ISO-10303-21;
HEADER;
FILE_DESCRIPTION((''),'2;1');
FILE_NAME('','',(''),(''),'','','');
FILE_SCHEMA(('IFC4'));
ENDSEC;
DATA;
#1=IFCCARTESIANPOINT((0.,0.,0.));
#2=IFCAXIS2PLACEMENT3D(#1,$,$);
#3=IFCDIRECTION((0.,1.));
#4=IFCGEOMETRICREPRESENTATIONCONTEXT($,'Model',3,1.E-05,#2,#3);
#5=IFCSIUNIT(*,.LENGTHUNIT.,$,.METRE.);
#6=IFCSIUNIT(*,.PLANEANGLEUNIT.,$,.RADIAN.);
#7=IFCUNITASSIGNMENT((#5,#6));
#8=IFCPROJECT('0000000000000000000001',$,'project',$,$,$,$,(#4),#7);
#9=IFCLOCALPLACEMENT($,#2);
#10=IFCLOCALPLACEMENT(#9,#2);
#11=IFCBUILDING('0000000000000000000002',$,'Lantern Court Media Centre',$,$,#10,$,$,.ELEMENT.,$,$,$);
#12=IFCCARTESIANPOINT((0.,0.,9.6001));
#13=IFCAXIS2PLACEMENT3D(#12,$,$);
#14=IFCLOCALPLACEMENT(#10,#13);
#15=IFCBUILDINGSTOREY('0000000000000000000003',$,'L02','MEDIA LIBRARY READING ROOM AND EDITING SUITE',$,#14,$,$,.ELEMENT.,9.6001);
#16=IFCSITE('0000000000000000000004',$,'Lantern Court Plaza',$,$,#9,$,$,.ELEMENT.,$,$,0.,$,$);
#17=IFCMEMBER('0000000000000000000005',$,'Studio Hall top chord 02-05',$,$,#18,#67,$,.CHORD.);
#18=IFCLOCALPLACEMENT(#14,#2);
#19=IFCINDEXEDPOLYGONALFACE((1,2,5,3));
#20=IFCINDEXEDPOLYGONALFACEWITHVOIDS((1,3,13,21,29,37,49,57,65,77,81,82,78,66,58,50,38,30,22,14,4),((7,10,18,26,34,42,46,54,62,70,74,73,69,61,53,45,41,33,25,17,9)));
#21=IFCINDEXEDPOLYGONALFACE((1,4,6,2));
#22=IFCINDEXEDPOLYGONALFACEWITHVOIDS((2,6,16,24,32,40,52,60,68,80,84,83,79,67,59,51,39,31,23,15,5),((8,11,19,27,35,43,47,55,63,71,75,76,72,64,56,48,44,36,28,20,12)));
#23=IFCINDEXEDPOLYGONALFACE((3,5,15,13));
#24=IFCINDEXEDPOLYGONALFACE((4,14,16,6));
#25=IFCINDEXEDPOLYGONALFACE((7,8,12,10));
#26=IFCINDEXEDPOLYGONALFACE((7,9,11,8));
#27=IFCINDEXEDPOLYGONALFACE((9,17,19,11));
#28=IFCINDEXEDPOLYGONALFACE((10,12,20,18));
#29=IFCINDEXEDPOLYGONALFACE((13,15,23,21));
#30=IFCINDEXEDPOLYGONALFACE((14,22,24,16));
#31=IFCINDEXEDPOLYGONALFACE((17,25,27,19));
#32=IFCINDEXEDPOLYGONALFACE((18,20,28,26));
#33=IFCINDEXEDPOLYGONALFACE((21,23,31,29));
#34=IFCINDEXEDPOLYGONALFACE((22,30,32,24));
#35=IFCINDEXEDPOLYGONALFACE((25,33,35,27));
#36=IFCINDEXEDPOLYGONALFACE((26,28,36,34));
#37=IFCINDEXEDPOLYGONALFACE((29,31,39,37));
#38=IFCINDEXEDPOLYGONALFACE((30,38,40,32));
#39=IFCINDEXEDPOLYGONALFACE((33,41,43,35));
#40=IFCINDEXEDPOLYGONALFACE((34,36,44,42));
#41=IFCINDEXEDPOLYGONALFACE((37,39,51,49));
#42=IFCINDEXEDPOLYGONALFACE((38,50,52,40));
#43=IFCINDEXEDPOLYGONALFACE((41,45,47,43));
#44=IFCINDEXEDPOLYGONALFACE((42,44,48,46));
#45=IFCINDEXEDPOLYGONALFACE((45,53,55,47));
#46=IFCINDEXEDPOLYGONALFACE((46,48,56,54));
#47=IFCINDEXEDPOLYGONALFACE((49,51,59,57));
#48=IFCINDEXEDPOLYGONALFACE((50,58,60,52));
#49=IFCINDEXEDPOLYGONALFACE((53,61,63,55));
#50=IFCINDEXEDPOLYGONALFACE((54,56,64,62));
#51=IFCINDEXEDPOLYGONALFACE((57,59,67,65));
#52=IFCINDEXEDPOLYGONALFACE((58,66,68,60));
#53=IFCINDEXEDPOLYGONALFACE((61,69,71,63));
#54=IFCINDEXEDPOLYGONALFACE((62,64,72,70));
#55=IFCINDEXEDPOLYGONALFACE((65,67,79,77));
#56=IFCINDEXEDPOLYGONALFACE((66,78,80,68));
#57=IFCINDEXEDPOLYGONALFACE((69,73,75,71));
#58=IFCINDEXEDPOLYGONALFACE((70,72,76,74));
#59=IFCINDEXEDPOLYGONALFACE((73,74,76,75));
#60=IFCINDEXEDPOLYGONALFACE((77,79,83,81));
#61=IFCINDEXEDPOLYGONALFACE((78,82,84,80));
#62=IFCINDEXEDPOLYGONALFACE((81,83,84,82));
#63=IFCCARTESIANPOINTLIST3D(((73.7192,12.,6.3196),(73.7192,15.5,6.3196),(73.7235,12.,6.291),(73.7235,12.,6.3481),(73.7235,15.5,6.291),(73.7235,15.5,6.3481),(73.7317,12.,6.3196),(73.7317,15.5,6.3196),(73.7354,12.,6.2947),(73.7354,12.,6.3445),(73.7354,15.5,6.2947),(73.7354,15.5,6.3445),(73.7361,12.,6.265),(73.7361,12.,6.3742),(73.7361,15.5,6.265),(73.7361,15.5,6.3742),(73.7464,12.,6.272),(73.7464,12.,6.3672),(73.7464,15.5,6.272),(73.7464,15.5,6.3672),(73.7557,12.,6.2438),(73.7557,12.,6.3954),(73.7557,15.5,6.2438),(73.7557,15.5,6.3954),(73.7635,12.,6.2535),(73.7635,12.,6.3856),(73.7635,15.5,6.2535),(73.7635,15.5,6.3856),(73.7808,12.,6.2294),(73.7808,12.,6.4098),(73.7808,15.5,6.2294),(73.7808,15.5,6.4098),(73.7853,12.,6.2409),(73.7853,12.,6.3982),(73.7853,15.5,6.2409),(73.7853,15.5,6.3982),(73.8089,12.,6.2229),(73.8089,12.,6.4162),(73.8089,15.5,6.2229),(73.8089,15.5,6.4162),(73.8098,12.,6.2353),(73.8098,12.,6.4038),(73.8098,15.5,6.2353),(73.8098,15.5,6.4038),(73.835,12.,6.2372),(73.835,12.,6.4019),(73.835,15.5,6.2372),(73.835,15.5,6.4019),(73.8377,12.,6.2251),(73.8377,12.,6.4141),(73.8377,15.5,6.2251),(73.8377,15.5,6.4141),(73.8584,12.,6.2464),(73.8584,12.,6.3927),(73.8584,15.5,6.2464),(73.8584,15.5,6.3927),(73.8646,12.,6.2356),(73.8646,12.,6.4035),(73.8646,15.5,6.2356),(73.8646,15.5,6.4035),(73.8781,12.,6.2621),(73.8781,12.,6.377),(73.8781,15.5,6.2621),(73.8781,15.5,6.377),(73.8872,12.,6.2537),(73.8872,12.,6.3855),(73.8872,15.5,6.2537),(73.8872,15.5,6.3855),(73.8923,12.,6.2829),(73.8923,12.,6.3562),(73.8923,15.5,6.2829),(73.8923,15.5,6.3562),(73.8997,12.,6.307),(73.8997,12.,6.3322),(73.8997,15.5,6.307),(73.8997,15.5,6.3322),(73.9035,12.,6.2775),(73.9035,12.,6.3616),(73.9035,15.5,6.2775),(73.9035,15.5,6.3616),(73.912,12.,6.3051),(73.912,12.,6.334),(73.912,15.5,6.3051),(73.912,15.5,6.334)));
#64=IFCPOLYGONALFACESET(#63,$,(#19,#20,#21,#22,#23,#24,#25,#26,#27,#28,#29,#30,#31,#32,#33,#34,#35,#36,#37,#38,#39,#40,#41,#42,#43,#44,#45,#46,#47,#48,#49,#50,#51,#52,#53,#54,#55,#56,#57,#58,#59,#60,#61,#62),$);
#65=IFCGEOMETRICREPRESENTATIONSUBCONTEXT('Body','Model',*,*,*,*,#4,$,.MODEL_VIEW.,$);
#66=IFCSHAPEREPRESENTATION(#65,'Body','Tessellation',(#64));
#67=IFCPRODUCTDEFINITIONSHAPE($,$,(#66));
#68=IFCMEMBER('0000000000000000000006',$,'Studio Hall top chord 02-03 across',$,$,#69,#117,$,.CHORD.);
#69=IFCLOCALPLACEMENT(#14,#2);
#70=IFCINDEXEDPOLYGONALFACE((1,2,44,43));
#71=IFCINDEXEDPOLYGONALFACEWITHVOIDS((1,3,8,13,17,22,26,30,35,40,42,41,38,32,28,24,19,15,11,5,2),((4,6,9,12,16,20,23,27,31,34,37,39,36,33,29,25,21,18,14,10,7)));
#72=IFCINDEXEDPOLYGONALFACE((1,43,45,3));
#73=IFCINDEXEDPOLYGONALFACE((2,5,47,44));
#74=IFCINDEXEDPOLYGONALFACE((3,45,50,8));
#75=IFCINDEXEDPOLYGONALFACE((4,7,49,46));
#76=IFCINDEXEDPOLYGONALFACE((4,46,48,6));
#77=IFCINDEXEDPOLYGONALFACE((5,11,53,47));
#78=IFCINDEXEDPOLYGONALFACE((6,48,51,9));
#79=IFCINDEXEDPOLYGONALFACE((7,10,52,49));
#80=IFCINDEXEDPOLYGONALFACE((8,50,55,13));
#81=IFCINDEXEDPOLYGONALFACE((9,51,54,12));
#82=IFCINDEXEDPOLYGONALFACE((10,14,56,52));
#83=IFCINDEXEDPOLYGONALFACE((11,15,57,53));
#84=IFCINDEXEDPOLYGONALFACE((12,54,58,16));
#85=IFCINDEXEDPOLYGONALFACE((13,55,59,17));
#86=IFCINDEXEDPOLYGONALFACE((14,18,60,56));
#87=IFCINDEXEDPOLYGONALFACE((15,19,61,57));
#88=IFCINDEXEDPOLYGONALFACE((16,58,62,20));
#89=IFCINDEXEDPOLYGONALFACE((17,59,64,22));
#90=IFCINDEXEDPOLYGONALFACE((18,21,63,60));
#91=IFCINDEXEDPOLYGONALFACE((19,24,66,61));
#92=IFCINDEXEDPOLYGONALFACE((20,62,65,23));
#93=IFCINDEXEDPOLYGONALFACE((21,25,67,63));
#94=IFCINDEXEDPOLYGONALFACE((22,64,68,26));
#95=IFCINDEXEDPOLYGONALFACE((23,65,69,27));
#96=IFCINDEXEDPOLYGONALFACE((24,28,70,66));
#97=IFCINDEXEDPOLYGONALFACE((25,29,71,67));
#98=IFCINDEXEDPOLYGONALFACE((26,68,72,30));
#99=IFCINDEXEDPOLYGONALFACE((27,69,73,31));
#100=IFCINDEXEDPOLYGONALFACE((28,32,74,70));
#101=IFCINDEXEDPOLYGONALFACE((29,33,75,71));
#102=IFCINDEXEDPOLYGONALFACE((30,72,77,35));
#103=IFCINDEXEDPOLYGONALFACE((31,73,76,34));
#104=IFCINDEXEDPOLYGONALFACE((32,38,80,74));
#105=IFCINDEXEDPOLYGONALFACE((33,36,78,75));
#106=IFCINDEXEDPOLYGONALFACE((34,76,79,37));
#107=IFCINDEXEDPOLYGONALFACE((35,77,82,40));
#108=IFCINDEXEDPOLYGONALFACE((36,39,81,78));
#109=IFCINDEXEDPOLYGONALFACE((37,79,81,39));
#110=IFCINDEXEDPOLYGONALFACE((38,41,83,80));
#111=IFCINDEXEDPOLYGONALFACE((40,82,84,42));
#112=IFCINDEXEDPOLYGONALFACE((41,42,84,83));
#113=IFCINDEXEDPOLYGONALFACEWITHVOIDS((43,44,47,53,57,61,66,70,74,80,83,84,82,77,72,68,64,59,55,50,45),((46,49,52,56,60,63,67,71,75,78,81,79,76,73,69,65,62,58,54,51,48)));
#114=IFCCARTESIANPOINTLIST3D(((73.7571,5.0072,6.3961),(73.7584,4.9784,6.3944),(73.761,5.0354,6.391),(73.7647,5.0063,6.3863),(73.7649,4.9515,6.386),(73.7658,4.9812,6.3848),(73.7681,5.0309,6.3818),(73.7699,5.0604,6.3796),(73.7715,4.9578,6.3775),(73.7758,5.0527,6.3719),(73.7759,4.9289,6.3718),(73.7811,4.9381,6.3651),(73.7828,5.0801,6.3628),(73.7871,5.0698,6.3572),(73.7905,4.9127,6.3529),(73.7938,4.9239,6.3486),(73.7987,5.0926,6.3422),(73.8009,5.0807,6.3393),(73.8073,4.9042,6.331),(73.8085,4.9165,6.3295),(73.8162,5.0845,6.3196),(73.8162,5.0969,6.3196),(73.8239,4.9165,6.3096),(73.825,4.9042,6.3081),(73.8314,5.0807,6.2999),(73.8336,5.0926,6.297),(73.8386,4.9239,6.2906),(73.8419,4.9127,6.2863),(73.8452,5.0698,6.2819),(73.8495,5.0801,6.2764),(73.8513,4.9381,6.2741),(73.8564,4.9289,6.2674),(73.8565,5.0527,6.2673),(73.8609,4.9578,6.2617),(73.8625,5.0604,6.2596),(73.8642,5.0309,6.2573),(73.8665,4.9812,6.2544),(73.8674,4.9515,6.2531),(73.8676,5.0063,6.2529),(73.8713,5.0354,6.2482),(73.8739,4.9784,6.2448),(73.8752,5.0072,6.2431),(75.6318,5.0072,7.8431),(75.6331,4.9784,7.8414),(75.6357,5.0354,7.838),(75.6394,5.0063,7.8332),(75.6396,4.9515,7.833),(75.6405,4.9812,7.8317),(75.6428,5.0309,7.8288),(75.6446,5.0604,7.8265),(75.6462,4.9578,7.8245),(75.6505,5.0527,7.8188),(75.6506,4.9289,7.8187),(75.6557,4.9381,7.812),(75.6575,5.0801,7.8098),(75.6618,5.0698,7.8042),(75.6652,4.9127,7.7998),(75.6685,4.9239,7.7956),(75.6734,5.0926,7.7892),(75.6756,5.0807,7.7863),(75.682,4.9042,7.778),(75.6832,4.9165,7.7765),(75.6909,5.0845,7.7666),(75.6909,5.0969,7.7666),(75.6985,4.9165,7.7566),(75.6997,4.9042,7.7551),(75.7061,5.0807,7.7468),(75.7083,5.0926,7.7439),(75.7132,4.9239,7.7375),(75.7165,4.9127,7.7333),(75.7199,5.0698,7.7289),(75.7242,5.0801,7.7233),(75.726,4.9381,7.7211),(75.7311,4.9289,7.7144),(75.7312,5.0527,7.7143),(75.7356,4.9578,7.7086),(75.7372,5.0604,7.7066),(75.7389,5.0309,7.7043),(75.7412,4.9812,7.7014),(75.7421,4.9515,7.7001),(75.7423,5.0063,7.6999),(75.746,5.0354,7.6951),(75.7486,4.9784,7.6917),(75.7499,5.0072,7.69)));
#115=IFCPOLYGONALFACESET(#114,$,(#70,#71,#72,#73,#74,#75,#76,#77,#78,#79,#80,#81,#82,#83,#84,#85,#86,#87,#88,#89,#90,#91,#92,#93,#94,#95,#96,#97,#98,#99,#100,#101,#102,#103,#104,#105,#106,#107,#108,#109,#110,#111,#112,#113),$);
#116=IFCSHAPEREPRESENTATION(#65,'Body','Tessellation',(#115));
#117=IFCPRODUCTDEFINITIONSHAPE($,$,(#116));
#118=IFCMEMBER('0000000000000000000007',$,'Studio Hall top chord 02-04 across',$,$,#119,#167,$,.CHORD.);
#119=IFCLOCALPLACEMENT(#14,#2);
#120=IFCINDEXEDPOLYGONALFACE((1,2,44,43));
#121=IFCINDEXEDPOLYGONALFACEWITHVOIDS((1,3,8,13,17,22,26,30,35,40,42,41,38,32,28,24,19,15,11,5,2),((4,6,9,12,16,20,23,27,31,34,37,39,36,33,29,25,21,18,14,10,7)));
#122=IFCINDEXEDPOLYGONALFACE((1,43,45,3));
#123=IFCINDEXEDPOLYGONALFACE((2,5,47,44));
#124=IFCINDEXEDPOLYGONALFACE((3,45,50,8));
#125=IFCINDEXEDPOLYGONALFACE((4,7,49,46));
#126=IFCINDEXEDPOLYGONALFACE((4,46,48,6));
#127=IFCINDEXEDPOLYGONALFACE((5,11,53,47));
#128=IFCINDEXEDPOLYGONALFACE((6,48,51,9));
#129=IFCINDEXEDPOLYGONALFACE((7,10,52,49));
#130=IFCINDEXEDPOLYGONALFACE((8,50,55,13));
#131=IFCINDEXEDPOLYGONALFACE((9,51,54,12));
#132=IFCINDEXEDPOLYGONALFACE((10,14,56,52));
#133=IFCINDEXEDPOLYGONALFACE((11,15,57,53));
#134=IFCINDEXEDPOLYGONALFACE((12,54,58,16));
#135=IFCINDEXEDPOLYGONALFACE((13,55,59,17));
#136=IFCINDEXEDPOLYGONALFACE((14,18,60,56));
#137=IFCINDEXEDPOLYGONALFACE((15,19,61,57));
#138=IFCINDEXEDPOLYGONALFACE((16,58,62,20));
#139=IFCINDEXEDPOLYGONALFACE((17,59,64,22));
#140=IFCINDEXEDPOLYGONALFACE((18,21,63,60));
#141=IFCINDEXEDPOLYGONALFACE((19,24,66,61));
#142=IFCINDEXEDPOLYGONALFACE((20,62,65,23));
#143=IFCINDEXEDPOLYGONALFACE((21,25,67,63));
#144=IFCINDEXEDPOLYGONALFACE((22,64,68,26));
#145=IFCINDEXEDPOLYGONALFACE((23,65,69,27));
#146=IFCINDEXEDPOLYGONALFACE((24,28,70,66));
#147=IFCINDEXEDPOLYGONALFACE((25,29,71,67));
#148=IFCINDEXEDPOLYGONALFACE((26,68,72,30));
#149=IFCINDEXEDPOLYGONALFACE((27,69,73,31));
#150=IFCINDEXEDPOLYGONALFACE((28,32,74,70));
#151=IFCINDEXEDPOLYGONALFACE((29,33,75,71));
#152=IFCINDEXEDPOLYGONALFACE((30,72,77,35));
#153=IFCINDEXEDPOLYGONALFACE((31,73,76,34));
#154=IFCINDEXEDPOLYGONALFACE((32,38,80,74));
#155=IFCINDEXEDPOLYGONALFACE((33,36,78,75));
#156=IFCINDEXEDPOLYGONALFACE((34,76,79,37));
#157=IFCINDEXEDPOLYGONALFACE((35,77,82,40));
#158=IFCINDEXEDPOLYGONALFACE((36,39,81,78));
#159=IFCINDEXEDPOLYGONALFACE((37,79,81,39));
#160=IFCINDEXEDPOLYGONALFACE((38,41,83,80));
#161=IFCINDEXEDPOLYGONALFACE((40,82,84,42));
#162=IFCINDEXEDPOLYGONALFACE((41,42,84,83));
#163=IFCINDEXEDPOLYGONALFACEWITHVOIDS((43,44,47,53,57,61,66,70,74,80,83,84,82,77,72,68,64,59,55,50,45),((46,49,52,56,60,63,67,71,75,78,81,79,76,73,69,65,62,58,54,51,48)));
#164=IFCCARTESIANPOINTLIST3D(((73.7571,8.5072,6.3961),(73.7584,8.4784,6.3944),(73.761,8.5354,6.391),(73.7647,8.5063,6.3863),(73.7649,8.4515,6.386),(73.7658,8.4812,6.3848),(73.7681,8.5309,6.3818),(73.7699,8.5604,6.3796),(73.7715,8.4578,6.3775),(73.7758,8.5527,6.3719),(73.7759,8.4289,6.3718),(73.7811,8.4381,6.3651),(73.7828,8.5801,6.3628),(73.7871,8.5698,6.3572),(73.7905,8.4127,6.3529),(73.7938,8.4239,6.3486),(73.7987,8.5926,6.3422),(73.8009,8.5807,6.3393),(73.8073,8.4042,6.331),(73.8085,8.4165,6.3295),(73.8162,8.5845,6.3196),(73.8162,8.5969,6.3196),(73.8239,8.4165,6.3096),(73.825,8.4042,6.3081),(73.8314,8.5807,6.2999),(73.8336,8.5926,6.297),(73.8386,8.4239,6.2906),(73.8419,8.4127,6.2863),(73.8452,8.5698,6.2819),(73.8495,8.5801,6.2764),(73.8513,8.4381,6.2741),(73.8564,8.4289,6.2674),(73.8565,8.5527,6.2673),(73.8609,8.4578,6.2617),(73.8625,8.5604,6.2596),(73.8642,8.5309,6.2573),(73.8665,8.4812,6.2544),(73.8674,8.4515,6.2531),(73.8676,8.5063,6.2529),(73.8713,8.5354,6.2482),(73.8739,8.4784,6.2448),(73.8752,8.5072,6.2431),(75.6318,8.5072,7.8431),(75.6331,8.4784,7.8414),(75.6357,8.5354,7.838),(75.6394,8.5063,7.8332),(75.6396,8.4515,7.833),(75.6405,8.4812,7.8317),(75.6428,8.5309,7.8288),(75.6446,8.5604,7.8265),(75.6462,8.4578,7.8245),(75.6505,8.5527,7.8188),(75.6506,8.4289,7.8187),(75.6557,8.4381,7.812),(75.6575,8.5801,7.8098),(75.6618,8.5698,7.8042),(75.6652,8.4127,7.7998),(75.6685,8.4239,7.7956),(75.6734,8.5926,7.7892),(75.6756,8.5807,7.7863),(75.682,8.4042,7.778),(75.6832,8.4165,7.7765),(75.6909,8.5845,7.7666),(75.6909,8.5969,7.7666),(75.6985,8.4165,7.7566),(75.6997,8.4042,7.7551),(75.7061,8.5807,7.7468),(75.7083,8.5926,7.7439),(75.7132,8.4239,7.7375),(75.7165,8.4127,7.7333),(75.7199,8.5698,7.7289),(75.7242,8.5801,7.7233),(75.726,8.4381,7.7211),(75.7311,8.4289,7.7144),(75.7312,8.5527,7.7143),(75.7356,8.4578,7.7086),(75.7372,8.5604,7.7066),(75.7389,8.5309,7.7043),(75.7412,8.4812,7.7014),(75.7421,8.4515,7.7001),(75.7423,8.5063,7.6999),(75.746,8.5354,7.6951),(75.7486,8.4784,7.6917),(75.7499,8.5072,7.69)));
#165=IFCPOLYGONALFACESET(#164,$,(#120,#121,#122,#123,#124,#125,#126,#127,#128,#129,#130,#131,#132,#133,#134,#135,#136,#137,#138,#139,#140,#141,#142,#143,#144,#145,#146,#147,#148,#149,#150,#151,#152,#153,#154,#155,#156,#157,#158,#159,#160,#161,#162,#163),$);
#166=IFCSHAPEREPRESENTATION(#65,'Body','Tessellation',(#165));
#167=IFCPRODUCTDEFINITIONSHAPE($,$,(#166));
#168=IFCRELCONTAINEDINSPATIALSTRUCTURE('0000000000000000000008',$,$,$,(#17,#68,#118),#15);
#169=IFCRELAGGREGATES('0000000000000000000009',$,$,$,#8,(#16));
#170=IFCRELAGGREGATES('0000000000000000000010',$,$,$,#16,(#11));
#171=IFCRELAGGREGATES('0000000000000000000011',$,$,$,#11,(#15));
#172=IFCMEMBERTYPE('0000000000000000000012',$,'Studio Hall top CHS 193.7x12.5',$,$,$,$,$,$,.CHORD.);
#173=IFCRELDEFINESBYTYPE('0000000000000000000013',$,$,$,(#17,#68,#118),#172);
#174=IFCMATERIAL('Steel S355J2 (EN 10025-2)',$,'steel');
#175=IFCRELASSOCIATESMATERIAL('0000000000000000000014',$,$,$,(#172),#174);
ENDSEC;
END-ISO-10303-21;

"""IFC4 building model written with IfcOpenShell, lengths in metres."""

from ifc_helpers import new_model, si_unit, direction, frame, origin, origin_2d, place, context, subcontext, project, spatial, hollow_circle, extrude, material, material_profile, profile_set, type_object, element, save


model = new_model("IFC4")

# Units and contexts
model_context = context("Model", 3, precision=1e-05, world=origin(), true_north=direction((0.0, 1.0)))
body_context = subcontext(model_context, "Body", "Model", "MODEL_VIEW")
ifc_project = project(units=[si_unit("LENGTHUNIT", "METRE"), si_unit("PLANEANGLEUNIT", "RADIAN")], contexts=[model_context])

# Site, building, storey
site_placement = place(None, origin())
site = spatial("IfcSite", under=ifc_project, at=site_placement, Name="Lantern Court Plaza", CompositionType="ELEMENT", RefElevation=0.0)
building_placement = place(site_placement, origin())
building = spatial("IfcBuilding", under=site, at=building_placement, Name="Lantern Court Media Centre", CompositionType="ELEMENT")
storey_placement = place(building_placement, frame((0.0, 0.0, 9.6001)))
storey = spatial("IfcBuildingStorey", under=building, at=storey_placement, Name="L02", Description="MEDIA LIBRARY READING ROOM AND EDITING SUITE", CompositionType="ELEMENT", Elevation=9.6001)

# Members
ifc_material = material(Name="Steel S355J2 (EN 10025-2)", Category="steel")
ifc_material_profile_1 = material_profile(ifc_material, hollow_circle(Radius=0.0969, WallThickness=0.0125, at=origin_2d()), Name="Studio Hall top CHS 193.7x12.5")
ifc_profile_set_1 = profile_set([ifc_material_profile_1], Name="Steel S355J2 (EN 10025-2)")
member_type_1 = type_object("IfcMemberType", Name="Studio Hall top CHS 193.7x12.5", PredefinedType="CHORD", material=ifc_profile_set_1)
for number, where, z_axis, x_axis, name in (
    (1, (73.8162, 12.0, 6.3196), (0.0, 1.0, 0.0), (-1.0, 0.0, 0.0), "Studio Hall top chord 02-05"),
):
    element("IfcMember", number, at=place(storey_placement, frame(where, z_axis=z_axis, x_axis=x_axis)), inside=storey, type_object=member_type_1, Name=name, PredefinedType="CHORD", context=body_context, shape_type="SweptSolid", body=[
        extrude(hollow_circle(Radius=0.0969, WallThickness=0.0125, at=origin_2d()), origin(), (0.0, 0.0, 1.0), 3.5),
    ])
for number, where, z_axis, x_axis, name in (
    (2, (73.8162, 5.0, 6.3196), (0.791623, 0.0, 0.61101), (0.0, 1.0, 0.0), "Studio Hall top chord 02-03 across"),
    (3, (73.8162, 8.5, 6.3196), (0.791623, 0.0, 0.61101), (0.0, 1.0, 0.0), "Studio Hall top chord 02-04 across"),
):
    element("IfcMember", number, at=place(storey_placement, frame(where, z_axis=z_axis, x_axis=x_axis)), inside=storey, type_object=member_type_1, Name=name, PredefinedType="CHORD", context=body_context, shape_type="SweptSolid", body=[
        extrude(hollow_circle(Radius=0.0969, WallThickness=0.0125, at=origin_2d()), origin(), (0.0, 0.0, 1.0), 2.3682),
    ])

save(model, "model.ifc")
